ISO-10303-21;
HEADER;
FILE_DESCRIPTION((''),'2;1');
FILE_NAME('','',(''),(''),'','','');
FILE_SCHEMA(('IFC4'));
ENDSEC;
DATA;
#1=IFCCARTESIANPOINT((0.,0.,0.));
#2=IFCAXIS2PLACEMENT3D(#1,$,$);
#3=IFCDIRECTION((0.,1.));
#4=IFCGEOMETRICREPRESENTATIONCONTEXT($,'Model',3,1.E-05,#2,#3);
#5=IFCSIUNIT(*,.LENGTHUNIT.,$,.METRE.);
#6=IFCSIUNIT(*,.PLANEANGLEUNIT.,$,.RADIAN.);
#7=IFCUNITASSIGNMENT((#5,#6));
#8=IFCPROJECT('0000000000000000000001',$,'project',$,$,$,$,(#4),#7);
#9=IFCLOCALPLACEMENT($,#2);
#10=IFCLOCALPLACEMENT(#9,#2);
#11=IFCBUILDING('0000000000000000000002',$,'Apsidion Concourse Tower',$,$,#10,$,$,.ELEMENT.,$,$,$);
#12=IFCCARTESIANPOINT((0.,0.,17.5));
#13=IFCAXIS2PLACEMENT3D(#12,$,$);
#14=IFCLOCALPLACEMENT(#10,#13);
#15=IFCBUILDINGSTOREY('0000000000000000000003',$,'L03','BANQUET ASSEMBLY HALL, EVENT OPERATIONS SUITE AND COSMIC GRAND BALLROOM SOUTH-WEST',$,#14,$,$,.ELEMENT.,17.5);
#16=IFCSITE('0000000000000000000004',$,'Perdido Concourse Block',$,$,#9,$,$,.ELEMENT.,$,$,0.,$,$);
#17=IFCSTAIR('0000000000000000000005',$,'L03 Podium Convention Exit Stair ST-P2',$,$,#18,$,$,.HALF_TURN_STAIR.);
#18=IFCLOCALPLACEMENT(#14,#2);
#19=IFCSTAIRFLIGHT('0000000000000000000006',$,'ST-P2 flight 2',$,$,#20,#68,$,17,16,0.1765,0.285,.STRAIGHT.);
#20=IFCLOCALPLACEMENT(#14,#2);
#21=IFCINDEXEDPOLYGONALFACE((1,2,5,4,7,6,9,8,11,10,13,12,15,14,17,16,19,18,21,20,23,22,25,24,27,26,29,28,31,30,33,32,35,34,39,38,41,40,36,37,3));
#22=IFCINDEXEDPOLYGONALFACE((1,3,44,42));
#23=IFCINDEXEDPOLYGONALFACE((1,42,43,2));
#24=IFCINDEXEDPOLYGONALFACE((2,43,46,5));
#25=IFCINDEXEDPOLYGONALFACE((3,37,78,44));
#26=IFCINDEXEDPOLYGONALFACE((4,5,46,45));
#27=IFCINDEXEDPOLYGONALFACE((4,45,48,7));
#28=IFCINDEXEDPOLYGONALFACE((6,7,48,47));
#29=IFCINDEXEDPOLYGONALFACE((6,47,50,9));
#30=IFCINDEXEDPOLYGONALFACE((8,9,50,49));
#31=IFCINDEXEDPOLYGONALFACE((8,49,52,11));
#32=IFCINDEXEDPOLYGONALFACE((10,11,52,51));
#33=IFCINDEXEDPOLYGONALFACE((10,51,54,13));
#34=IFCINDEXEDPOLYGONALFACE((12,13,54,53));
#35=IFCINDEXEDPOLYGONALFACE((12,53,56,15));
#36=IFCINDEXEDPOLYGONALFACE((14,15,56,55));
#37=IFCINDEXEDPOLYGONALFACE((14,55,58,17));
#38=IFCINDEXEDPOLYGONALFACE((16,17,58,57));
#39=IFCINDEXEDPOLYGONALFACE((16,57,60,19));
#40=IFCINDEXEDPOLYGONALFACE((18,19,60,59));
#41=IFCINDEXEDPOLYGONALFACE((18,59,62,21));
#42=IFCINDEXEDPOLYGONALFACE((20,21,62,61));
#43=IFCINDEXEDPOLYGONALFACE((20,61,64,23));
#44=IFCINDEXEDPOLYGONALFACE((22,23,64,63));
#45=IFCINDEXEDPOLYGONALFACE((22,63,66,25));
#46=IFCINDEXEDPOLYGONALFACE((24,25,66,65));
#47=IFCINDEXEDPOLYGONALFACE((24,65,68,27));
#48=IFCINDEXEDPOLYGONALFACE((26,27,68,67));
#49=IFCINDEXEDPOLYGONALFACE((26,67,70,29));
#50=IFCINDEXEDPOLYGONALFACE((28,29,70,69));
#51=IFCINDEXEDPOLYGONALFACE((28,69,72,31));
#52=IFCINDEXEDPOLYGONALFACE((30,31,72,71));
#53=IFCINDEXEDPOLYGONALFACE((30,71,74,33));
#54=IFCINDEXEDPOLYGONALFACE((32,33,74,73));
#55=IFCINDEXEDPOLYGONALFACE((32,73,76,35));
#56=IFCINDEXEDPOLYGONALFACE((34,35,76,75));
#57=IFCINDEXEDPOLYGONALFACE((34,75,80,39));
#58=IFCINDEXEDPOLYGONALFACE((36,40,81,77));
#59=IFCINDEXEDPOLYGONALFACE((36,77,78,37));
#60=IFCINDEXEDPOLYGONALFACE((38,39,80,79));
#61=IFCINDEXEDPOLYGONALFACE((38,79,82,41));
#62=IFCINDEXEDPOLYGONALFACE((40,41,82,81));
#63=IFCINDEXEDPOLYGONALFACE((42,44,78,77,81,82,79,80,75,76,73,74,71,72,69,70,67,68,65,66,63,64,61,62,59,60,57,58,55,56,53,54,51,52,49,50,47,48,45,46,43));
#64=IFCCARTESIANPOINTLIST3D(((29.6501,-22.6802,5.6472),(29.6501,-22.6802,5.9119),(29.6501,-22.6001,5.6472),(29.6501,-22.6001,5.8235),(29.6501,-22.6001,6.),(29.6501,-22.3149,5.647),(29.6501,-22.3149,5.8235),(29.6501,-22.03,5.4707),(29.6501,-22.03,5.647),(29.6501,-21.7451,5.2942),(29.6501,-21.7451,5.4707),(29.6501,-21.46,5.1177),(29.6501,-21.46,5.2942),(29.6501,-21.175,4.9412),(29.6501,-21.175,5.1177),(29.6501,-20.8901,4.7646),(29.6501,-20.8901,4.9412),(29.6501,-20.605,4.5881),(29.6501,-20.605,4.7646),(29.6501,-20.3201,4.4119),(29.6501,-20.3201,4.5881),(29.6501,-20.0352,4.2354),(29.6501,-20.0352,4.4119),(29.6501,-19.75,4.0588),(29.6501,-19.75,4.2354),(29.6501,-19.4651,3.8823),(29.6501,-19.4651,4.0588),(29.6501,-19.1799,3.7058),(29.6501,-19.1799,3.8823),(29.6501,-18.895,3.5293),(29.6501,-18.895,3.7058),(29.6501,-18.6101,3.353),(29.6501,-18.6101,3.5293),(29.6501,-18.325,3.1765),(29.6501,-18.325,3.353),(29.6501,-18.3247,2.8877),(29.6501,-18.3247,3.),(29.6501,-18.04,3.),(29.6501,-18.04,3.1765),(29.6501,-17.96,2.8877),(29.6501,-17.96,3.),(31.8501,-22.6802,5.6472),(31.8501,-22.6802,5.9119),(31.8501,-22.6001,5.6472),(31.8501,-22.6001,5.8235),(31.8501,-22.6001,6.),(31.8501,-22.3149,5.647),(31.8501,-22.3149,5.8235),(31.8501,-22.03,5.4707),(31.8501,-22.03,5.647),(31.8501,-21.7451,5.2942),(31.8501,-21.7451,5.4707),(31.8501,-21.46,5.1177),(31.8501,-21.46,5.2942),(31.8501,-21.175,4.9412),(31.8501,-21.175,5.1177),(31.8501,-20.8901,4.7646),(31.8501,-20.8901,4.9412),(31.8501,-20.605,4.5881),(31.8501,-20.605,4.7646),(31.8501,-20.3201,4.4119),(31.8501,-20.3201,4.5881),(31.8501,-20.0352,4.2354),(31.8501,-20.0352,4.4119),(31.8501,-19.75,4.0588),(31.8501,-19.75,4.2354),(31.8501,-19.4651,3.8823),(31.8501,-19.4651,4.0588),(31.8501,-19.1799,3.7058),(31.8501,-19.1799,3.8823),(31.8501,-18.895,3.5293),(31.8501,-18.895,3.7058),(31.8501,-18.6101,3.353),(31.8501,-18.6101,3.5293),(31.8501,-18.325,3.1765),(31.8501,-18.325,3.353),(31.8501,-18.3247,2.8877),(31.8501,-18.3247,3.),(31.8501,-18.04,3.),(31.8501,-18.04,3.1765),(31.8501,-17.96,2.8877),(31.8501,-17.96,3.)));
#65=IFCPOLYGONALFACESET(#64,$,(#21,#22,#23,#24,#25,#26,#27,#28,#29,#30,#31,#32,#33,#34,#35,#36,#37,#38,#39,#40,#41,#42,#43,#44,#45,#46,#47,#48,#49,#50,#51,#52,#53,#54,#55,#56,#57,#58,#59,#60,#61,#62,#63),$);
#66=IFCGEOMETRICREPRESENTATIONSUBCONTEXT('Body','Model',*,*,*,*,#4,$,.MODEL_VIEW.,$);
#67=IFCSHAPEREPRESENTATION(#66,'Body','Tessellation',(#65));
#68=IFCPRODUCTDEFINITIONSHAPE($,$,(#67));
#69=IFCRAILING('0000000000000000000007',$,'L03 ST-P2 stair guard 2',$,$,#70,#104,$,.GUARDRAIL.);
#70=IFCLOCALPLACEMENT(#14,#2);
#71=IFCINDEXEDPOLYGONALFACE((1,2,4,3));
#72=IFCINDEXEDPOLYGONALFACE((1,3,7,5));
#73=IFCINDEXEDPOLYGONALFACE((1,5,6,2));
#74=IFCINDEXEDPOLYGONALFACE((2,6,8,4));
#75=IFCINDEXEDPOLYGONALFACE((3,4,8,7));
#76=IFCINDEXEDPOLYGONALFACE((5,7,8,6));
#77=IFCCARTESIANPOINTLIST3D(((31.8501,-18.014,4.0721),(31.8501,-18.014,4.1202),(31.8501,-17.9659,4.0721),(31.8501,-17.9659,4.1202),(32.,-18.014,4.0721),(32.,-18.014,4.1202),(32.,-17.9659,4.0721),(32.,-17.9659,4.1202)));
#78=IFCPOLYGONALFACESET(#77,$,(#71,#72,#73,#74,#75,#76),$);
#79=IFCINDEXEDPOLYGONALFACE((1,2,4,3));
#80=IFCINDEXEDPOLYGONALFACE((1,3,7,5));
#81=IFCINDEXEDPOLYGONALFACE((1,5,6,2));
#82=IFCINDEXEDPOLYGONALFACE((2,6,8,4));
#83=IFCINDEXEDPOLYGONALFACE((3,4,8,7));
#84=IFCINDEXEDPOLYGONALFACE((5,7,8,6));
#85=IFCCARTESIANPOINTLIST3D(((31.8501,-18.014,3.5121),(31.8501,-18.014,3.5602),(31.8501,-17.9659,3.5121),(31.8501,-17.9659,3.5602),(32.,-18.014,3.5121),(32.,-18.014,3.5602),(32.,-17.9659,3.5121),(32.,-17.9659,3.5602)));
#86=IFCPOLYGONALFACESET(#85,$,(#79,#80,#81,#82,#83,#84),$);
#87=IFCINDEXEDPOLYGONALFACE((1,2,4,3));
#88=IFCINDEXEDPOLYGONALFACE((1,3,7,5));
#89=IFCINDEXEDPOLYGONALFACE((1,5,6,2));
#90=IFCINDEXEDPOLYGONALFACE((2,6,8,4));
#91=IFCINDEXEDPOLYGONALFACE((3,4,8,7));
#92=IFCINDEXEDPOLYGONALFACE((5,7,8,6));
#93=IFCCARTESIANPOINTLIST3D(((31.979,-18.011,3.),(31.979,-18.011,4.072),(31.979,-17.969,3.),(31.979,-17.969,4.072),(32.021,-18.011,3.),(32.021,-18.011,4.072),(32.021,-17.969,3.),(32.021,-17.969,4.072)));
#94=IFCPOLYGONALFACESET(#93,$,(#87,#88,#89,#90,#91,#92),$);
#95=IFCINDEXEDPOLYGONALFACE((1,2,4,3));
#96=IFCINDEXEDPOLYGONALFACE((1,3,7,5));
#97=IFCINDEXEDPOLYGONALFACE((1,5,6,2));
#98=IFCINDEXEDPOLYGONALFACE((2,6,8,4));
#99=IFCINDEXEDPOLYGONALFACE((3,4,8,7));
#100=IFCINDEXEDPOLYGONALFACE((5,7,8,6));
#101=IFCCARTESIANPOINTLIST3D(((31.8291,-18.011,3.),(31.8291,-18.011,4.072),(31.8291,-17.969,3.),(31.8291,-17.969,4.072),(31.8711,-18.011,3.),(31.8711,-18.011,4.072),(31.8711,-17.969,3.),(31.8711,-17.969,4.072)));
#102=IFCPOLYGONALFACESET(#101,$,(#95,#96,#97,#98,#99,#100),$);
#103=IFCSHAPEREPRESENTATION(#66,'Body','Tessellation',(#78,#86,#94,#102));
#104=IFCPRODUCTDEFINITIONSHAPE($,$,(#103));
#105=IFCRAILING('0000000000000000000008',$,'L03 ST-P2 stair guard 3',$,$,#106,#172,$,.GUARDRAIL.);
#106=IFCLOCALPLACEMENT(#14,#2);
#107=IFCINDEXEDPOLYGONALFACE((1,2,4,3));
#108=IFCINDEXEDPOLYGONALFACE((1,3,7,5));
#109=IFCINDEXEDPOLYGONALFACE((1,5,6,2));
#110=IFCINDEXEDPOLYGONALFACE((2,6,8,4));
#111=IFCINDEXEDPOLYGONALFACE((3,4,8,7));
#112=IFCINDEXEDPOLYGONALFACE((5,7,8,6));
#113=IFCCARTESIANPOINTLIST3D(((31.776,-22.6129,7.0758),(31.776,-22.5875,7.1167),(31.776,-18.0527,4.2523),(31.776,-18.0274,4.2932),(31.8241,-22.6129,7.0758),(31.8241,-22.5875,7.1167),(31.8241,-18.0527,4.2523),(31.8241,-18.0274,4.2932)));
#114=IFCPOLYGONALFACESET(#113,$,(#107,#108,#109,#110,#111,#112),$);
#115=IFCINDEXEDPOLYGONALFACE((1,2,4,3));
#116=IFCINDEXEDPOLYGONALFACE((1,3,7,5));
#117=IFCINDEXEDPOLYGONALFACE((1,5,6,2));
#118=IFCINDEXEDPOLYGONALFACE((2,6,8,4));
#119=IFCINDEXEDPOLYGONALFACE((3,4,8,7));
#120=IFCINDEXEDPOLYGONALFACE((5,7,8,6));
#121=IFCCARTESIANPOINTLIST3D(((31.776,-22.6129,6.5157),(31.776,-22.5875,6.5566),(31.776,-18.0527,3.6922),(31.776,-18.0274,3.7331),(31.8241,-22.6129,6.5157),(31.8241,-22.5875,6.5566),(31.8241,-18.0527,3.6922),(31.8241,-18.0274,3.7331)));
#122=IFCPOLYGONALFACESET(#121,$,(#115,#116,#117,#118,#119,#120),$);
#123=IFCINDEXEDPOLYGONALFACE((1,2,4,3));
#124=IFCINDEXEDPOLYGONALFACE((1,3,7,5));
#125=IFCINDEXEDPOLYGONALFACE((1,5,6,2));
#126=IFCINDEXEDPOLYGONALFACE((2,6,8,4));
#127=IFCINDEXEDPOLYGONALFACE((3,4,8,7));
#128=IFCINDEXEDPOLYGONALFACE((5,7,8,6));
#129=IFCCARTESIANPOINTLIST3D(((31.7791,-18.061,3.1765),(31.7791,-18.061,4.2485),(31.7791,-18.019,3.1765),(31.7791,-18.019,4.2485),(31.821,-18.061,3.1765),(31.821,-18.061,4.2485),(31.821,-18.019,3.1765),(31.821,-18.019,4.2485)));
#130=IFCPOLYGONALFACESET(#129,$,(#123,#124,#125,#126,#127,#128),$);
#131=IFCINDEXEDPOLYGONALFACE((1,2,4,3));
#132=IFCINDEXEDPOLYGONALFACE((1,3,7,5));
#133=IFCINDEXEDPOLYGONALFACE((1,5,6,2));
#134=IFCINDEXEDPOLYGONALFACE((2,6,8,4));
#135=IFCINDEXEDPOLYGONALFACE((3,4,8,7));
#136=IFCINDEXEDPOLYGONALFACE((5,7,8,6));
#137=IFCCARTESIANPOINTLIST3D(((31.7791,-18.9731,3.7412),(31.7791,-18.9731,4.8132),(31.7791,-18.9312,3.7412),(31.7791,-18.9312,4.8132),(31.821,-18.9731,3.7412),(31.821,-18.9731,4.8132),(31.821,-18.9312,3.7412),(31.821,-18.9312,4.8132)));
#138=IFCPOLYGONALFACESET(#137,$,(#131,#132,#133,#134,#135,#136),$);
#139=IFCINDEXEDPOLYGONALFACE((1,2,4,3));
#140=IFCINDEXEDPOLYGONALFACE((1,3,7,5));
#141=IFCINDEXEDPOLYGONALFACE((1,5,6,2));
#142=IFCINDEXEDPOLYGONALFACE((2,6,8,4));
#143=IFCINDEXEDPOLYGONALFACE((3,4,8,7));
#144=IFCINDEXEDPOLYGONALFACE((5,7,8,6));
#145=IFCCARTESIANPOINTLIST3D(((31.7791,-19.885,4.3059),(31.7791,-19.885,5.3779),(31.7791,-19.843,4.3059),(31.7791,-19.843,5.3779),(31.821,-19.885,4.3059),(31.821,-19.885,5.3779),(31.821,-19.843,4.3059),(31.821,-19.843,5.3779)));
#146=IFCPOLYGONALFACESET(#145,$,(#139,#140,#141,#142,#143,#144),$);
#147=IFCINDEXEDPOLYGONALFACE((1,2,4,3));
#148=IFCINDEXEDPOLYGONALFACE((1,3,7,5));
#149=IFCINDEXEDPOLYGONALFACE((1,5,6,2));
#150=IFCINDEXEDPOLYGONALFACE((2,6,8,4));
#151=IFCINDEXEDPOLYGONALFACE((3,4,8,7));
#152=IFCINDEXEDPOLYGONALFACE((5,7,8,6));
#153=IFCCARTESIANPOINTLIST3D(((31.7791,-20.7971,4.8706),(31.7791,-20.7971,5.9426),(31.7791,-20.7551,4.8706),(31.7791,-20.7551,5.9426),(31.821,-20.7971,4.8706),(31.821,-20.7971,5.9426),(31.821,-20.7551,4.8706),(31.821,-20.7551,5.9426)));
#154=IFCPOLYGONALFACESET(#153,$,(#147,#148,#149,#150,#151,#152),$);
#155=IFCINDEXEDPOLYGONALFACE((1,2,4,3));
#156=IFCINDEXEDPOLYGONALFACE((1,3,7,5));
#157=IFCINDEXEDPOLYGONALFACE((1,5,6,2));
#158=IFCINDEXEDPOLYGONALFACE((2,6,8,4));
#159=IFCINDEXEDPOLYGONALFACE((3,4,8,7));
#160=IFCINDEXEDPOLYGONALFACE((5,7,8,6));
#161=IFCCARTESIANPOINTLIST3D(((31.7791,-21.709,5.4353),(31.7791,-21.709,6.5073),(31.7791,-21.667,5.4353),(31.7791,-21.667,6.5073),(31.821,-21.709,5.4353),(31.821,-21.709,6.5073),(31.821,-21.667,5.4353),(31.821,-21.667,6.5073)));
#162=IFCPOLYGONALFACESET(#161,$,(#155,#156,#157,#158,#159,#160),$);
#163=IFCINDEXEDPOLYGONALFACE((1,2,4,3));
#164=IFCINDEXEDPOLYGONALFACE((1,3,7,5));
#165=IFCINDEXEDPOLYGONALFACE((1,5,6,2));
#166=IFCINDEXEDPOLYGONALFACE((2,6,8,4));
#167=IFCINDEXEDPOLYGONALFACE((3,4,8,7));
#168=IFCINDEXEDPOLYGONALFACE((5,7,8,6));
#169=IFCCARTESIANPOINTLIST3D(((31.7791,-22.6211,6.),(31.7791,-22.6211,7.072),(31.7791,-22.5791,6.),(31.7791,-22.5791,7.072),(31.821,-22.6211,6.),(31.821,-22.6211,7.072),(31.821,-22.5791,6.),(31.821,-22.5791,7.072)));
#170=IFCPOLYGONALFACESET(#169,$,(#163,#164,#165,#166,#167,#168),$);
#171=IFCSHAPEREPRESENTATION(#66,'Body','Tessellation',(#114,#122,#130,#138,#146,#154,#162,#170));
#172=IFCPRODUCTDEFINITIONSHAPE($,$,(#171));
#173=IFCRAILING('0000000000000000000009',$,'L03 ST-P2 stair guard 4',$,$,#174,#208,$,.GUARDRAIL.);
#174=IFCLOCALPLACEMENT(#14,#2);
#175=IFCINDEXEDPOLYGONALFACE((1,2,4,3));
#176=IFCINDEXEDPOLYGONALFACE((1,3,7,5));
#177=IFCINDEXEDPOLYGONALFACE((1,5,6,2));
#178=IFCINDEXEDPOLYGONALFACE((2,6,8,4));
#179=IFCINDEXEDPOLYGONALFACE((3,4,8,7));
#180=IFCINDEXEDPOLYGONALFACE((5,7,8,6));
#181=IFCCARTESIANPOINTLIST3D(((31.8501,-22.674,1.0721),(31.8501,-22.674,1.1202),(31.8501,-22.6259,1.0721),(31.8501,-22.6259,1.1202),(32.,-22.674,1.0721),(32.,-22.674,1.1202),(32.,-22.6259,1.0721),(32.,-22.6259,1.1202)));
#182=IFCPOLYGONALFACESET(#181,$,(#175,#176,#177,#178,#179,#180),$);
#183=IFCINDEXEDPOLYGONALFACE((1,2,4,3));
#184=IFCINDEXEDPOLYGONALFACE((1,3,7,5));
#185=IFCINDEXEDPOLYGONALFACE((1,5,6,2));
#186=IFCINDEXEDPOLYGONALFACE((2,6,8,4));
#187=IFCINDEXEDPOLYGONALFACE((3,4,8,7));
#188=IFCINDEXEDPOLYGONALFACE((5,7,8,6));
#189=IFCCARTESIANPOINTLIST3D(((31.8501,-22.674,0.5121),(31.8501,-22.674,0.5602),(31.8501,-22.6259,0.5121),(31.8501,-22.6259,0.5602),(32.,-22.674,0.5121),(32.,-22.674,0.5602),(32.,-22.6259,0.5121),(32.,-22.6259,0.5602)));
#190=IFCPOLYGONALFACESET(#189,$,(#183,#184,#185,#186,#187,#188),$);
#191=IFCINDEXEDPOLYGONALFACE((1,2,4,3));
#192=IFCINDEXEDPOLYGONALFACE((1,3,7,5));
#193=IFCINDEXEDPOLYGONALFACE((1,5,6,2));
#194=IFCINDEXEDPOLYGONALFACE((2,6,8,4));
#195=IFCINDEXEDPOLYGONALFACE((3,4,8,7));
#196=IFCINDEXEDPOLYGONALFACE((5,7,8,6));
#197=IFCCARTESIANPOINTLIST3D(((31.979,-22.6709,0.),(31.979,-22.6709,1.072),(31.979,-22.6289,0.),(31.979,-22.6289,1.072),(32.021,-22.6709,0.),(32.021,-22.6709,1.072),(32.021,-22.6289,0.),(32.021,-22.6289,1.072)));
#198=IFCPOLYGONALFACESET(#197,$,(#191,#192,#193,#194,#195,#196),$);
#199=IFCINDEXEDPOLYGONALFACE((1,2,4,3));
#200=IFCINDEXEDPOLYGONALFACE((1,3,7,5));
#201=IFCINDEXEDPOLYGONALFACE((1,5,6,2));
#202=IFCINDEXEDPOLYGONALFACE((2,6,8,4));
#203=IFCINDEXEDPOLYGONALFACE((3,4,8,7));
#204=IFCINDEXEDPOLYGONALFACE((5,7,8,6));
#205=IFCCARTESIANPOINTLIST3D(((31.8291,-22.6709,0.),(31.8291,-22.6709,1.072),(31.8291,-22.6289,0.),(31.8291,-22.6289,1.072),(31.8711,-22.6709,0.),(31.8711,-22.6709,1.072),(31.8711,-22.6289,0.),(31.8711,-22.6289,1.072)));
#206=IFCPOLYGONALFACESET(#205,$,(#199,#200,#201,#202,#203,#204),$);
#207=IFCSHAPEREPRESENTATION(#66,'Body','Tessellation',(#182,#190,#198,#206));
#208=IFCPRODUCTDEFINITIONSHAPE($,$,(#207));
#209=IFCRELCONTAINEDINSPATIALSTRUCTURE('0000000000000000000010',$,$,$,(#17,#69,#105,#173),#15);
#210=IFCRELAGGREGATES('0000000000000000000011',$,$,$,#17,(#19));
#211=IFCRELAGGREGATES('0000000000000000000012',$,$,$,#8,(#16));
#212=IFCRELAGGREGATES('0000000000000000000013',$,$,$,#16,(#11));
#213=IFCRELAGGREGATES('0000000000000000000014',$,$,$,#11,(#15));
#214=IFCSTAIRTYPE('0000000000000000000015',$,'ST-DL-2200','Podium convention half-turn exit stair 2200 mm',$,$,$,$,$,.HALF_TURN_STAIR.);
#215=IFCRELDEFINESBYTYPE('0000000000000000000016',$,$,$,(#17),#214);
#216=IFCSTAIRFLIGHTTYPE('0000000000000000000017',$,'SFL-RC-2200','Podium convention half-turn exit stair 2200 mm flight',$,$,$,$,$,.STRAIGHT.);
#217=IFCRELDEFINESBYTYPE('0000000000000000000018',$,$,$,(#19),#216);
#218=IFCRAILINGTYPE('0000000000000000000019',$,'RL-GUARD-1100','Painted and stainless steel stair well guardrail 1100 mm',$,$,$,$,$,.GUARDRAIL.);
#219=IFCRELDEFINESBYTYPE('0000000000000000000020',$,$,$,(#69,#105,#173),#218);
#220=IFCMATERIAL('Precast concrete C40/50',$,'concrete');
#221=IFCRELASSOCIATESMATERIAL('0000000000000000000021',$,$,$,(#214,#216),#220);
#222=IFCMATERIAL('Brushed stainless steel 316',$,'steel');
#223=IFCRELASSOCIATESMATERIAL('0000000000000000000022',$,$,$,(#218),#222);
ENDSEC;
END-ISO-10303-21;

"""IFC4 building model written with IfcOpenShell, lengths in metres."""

from ifc_helpers import new_model, si_unit, direction, frame, origin, origin_2d, place, context, subcontext, project, spatial, polyline, rectangle, outline, extrude, material, type_object, element, aggregate, save


model = new_model("IFC4")

# Units and contexts
model_context = context("Model", 3, precision=1e-05, world=origin(), true_north=direction((0.0, 1.0)))
body_context = subcontext(model_context, "Body", "Model", "MODEL_VIEW")
ifc_project = project(units=[si_unit("LENGTHUNIT", "METRE"), si_unit("PLANEANGLEUNIT", "RADIAN")], contexts=[model_context])

# Site, building, storey
site_placement = place(None, origin())
site = spatial("IfcSite", under=ifc_project, at=site_placement, Name="Perdido Concourse Block", CompositionType="ELEMENT", RefElevation=0.0)
building_placement = place(site_placement, origin())
building = spatial("IfcBuilding", under=site, at=building_placement, Name="Apsidion Concourse Tower", CompositionType="ELEMENT")
storey_placement = place(building_placement, frame((0.0, 0.0, 17.5)))
storey = spatial("IfcBuildingStorey", under=building, at=storey_placement, Name="L03", Description="BANQUET ASSEMBLY HALL, EVENT OPERATIONS SUITE AND COSMIC GRAND BALLROOM SOUTH-WEST", CompositionType="ELEMENT", Elevation=17.5)

# Shared definitions
ifc_material_1 = material(Name="Brushed stainless steel 316", Category="steel")

# Stair, stair flight
ifc_material_2 = material(Name="Precast concrete C40/50", Category="concrete")
stair_type = type_object("IfcStairType", Name="ST-DL-2200", Description="Podium convention half-turn exit stair 2200 mm", PredefinedType="HALF_TURN_STAIR", material=ifc_material_2)
stair_placement = place(storey_placement, origin())
stair = element("IfcStair", 1, at=stair_placement, inside=storey, type_object=stair_type, Name="L03 Podium Convention Exit Stair ST-P2", PredefinedType="HALF_TURN_STAIR")
stair_flight_type = type_object("IfcStairFlightType", Name="SFL-RC-2200", Description="Podium convention half-turn exit stair 2200 mm flight", PredefinedType="STRAIGHT", material=ifc_material_2)
stair_flight_placement = place(storey_placement, frame((30.75, -18.04, 3.0), z_axis=(0.0, 0.0, 1.0), x_axis=(0.0, -1.0, 0.0)))
stair_flight = element("IfcStairFlight", 2, at=stair_flight_placement, type_object=stair_flight_type, Name="ST-P2 flight 2", NumberOfRisers=17, NumberOfTreads=16, PredefinedType="STRAIGHT", RiserHeight=0.1765, TreadLength=0.285, context=body_context, shape_type="SweptSolid", body=[
    extrude(outline(polyline([(-0.0801, -0.1123), (-0.0801, 0.0), (0.0, 0.0), (0.0, 0.1765), (0.2849, 0.1765), (0.2849, 0.353), (0.5701, 0.353), (0.5701, 0.5293), (0.855, 0.5293), (0.855, 0.7058), (1.1399, 0.7058), (1.1399, 0.8823), (1.425, 0.8823), (1.425, 1.0588), (1.71, 1.0588), (1.71, 1.2354), (1.9951, 1.2354), (1.9951, 1.4119), (2.28, 1.4119), (2.28, 1.5881), (2.5649, 1.5881), (2.5649, 1.7646), (2.8501, 1.7646), (2.8501, 1.9412), (3.135, 1.9412), (3.135, 2.1177), (3.4199, 2.1177), (3.4199, 2.2942), (3.7051, 2.2942), (3.7051, 2.4707), (3.99, 2.4707), (3.99, 2.647), (4.2749, 2.647), (4.2749, 2.8235), (4.5601, 2.8235), (4.5601, 3.0), (4.6401, 2.9119), (4.6401, 2.6472), (4.5601, 2.6472), (0.2847, 0.0), (0.2847, -0.1123), (-0.0801, -0.1123)])), frame((0.0, 1.1001, 0.0), z_axis=(0.0, -1.0, 0.0), x_axis=(1.0, 0.0, 0.0)), (0.0, 0.0, 1.0), 2.2),
])
aggregate(stair, [stair_flight])

# Railings
railing_type_1 = type_object("IfcRailingType", Name="RL-GUARD-1100", Description="Painted and stainless steel stair well guardrail 1100 mm", PredefinedType="GUARDRAIL", material=ifc_material_1)
railing_1_placement = place(storey_placement, frame((32.0, -17.99, 3.0)))
element("IfcRailing", 3, at=railing_1_placement, inside=storey, type_object=railing_type_1, Name="L03 ST-P2 stair guard 2", PredefinedType="GUARDRAIL", context=body_context, shape_type="SweptSolid", body=[
    extrude(rectangle(XDim=0.0481, YDim=0.0481, at=origin_2d()), frame((0.0, 0.0, 1.0962), z_axis=(-1.0, 0.0, 0.0), x_axis=(0.0, -1.0, 0.0)), (0.0, 0.0, 1.0), 0.1499),
    extrude(rectangle(XDim=0.0481, YDim=0.0481, at=origin_2d()), frame((0.0, 0.0, 0.5361), z_axis=(-1.0, 0.0, 0.0), x_axis=(0.0, -1.0, 0.0)), (0.0, 0.0, 1.0), 0.1499),
    extrude(rectangle(XDim=0.042, YDim=0.042, at=origin_2d()), origin(), (0.0, 0.0, 1.0), 1.072),
    extrude(rectangle(XDim=0.042, YDim=0.042, at=origin_2d()), frame((-0.1499, 0.0, 0.0)), (0.0, 0.0, 1.0), 1.072),
])
railing_2_placement = place(storey_placement, frame((31.8, -18.04, 3.1765)))
element("IfcRailing", 4, at=railing_2_placement, inside=storey, type_object=railing_type_1, Name="L03 ST-P2 stair guard 3", PredefinedType="GUARDRAIL", context=body_context, shape_type="SweptSolid", body=[
    extrude(rectangle(XDim=0.0481, YDim=0.0481, at=origin_2d()), frame((0.0, 0.0, 1.0962), z_axis=(0.0, -0.850216, 0.526435), x_axis=(1.0, 0.0, 0.0)), (0.0, 0.0, 1.0), 5.3635),
    extrude(rectangle(XDim=0.0481, YDim=0.0481, at=origin_2d()), frame((0.0, 0.0, 0.5361), z_axis=(0.0, -0.850216, 0.526435), x_axis=(1.0, 0.0, 0.0)), (0.0, 0.0, 1.0), 5.3635),
    extrude(rectangle(XDim=0.042, YDim=0.042, at=origin_2d()), origin(), (0.0, 0.0, 1.0), 1.072),
    extrude(rectangle(XDim=0.042, YDim=0.042, at=origin_2d()), frame((0.0, -0.9121, 0.5647)), (0.0, 0.0, 1.0), 1.072),
    extrude(rectangle(XDim=0.042, YDim=0.042, at=origin_2d()), frame((0.0, -1.824, 1.1294)), (0.0, 0.0, 1.0), 1.072),
    extrude(rectangle(XDim=0.042, YDim=0.042, at=origin_2d()), frame((0.0, -2.7361, 1.6941)), (0.0, 0.0, 1.0), 1.072),
    extrude(rectangle(XDim=0.042, YDim=0.042, at=origin_2d()), frame((0.0, -3.6479, 2.2588)), (0.0, 0.0, 1.0), 1.072),
    extrude(rectangle(XDim=0.042, YDim=0.042, at=origin_2d()), frame((0.0, -4.5601, 2.8235)), (0.0, 0.0, 1.0), 1.072),
])
railing_3_placement = place(storey_placement, frame((32.0, -22.6499, 0.0)))
element("IfcRailing", 5, at=railing_3_placement, inside=storey, type_object=railing_type_1, Name="L03 ST-P2 stair guard 4", PredefinedType="GUARDRAIL", context=body_context, shape_type="SweptSolid", body=[
    extrude(rectangle(XDim=0.0481, YDim=0.0481, at=origin_2d()), frame((0.0, 0.0, 1.0962), z_axis=(-1.0, 0.0, 0.0), x_axis=(0.0, -1.0, 0.0)), (0.0, 0.0, 1.0), 0.1499),
    extrude(rectangle(XDim=0.0481, YDim=0.0481, at=origin_2d()), frame((0.0, 0.0, 0.5361), z_axis=(-1.0, 0.0, 0.0), x_axis=(0.0, -1.0, 0.0)), (0.0, 0.0, 1.0), 0.1499),
    extrude(rectangle(XDim=0.042, YDim=0.042, at=origin_2d()), origin(), (0.0, 0.0, 1.0), 1.072),
    extrude(rectangle(XDim=0.042, YDim=0.042, at=origin_2d()), frame((-0.1499, 0.0, 0.0)), (0.0, 0.0, 1.0), 1.072),
])

save(model, "model.ifc")
